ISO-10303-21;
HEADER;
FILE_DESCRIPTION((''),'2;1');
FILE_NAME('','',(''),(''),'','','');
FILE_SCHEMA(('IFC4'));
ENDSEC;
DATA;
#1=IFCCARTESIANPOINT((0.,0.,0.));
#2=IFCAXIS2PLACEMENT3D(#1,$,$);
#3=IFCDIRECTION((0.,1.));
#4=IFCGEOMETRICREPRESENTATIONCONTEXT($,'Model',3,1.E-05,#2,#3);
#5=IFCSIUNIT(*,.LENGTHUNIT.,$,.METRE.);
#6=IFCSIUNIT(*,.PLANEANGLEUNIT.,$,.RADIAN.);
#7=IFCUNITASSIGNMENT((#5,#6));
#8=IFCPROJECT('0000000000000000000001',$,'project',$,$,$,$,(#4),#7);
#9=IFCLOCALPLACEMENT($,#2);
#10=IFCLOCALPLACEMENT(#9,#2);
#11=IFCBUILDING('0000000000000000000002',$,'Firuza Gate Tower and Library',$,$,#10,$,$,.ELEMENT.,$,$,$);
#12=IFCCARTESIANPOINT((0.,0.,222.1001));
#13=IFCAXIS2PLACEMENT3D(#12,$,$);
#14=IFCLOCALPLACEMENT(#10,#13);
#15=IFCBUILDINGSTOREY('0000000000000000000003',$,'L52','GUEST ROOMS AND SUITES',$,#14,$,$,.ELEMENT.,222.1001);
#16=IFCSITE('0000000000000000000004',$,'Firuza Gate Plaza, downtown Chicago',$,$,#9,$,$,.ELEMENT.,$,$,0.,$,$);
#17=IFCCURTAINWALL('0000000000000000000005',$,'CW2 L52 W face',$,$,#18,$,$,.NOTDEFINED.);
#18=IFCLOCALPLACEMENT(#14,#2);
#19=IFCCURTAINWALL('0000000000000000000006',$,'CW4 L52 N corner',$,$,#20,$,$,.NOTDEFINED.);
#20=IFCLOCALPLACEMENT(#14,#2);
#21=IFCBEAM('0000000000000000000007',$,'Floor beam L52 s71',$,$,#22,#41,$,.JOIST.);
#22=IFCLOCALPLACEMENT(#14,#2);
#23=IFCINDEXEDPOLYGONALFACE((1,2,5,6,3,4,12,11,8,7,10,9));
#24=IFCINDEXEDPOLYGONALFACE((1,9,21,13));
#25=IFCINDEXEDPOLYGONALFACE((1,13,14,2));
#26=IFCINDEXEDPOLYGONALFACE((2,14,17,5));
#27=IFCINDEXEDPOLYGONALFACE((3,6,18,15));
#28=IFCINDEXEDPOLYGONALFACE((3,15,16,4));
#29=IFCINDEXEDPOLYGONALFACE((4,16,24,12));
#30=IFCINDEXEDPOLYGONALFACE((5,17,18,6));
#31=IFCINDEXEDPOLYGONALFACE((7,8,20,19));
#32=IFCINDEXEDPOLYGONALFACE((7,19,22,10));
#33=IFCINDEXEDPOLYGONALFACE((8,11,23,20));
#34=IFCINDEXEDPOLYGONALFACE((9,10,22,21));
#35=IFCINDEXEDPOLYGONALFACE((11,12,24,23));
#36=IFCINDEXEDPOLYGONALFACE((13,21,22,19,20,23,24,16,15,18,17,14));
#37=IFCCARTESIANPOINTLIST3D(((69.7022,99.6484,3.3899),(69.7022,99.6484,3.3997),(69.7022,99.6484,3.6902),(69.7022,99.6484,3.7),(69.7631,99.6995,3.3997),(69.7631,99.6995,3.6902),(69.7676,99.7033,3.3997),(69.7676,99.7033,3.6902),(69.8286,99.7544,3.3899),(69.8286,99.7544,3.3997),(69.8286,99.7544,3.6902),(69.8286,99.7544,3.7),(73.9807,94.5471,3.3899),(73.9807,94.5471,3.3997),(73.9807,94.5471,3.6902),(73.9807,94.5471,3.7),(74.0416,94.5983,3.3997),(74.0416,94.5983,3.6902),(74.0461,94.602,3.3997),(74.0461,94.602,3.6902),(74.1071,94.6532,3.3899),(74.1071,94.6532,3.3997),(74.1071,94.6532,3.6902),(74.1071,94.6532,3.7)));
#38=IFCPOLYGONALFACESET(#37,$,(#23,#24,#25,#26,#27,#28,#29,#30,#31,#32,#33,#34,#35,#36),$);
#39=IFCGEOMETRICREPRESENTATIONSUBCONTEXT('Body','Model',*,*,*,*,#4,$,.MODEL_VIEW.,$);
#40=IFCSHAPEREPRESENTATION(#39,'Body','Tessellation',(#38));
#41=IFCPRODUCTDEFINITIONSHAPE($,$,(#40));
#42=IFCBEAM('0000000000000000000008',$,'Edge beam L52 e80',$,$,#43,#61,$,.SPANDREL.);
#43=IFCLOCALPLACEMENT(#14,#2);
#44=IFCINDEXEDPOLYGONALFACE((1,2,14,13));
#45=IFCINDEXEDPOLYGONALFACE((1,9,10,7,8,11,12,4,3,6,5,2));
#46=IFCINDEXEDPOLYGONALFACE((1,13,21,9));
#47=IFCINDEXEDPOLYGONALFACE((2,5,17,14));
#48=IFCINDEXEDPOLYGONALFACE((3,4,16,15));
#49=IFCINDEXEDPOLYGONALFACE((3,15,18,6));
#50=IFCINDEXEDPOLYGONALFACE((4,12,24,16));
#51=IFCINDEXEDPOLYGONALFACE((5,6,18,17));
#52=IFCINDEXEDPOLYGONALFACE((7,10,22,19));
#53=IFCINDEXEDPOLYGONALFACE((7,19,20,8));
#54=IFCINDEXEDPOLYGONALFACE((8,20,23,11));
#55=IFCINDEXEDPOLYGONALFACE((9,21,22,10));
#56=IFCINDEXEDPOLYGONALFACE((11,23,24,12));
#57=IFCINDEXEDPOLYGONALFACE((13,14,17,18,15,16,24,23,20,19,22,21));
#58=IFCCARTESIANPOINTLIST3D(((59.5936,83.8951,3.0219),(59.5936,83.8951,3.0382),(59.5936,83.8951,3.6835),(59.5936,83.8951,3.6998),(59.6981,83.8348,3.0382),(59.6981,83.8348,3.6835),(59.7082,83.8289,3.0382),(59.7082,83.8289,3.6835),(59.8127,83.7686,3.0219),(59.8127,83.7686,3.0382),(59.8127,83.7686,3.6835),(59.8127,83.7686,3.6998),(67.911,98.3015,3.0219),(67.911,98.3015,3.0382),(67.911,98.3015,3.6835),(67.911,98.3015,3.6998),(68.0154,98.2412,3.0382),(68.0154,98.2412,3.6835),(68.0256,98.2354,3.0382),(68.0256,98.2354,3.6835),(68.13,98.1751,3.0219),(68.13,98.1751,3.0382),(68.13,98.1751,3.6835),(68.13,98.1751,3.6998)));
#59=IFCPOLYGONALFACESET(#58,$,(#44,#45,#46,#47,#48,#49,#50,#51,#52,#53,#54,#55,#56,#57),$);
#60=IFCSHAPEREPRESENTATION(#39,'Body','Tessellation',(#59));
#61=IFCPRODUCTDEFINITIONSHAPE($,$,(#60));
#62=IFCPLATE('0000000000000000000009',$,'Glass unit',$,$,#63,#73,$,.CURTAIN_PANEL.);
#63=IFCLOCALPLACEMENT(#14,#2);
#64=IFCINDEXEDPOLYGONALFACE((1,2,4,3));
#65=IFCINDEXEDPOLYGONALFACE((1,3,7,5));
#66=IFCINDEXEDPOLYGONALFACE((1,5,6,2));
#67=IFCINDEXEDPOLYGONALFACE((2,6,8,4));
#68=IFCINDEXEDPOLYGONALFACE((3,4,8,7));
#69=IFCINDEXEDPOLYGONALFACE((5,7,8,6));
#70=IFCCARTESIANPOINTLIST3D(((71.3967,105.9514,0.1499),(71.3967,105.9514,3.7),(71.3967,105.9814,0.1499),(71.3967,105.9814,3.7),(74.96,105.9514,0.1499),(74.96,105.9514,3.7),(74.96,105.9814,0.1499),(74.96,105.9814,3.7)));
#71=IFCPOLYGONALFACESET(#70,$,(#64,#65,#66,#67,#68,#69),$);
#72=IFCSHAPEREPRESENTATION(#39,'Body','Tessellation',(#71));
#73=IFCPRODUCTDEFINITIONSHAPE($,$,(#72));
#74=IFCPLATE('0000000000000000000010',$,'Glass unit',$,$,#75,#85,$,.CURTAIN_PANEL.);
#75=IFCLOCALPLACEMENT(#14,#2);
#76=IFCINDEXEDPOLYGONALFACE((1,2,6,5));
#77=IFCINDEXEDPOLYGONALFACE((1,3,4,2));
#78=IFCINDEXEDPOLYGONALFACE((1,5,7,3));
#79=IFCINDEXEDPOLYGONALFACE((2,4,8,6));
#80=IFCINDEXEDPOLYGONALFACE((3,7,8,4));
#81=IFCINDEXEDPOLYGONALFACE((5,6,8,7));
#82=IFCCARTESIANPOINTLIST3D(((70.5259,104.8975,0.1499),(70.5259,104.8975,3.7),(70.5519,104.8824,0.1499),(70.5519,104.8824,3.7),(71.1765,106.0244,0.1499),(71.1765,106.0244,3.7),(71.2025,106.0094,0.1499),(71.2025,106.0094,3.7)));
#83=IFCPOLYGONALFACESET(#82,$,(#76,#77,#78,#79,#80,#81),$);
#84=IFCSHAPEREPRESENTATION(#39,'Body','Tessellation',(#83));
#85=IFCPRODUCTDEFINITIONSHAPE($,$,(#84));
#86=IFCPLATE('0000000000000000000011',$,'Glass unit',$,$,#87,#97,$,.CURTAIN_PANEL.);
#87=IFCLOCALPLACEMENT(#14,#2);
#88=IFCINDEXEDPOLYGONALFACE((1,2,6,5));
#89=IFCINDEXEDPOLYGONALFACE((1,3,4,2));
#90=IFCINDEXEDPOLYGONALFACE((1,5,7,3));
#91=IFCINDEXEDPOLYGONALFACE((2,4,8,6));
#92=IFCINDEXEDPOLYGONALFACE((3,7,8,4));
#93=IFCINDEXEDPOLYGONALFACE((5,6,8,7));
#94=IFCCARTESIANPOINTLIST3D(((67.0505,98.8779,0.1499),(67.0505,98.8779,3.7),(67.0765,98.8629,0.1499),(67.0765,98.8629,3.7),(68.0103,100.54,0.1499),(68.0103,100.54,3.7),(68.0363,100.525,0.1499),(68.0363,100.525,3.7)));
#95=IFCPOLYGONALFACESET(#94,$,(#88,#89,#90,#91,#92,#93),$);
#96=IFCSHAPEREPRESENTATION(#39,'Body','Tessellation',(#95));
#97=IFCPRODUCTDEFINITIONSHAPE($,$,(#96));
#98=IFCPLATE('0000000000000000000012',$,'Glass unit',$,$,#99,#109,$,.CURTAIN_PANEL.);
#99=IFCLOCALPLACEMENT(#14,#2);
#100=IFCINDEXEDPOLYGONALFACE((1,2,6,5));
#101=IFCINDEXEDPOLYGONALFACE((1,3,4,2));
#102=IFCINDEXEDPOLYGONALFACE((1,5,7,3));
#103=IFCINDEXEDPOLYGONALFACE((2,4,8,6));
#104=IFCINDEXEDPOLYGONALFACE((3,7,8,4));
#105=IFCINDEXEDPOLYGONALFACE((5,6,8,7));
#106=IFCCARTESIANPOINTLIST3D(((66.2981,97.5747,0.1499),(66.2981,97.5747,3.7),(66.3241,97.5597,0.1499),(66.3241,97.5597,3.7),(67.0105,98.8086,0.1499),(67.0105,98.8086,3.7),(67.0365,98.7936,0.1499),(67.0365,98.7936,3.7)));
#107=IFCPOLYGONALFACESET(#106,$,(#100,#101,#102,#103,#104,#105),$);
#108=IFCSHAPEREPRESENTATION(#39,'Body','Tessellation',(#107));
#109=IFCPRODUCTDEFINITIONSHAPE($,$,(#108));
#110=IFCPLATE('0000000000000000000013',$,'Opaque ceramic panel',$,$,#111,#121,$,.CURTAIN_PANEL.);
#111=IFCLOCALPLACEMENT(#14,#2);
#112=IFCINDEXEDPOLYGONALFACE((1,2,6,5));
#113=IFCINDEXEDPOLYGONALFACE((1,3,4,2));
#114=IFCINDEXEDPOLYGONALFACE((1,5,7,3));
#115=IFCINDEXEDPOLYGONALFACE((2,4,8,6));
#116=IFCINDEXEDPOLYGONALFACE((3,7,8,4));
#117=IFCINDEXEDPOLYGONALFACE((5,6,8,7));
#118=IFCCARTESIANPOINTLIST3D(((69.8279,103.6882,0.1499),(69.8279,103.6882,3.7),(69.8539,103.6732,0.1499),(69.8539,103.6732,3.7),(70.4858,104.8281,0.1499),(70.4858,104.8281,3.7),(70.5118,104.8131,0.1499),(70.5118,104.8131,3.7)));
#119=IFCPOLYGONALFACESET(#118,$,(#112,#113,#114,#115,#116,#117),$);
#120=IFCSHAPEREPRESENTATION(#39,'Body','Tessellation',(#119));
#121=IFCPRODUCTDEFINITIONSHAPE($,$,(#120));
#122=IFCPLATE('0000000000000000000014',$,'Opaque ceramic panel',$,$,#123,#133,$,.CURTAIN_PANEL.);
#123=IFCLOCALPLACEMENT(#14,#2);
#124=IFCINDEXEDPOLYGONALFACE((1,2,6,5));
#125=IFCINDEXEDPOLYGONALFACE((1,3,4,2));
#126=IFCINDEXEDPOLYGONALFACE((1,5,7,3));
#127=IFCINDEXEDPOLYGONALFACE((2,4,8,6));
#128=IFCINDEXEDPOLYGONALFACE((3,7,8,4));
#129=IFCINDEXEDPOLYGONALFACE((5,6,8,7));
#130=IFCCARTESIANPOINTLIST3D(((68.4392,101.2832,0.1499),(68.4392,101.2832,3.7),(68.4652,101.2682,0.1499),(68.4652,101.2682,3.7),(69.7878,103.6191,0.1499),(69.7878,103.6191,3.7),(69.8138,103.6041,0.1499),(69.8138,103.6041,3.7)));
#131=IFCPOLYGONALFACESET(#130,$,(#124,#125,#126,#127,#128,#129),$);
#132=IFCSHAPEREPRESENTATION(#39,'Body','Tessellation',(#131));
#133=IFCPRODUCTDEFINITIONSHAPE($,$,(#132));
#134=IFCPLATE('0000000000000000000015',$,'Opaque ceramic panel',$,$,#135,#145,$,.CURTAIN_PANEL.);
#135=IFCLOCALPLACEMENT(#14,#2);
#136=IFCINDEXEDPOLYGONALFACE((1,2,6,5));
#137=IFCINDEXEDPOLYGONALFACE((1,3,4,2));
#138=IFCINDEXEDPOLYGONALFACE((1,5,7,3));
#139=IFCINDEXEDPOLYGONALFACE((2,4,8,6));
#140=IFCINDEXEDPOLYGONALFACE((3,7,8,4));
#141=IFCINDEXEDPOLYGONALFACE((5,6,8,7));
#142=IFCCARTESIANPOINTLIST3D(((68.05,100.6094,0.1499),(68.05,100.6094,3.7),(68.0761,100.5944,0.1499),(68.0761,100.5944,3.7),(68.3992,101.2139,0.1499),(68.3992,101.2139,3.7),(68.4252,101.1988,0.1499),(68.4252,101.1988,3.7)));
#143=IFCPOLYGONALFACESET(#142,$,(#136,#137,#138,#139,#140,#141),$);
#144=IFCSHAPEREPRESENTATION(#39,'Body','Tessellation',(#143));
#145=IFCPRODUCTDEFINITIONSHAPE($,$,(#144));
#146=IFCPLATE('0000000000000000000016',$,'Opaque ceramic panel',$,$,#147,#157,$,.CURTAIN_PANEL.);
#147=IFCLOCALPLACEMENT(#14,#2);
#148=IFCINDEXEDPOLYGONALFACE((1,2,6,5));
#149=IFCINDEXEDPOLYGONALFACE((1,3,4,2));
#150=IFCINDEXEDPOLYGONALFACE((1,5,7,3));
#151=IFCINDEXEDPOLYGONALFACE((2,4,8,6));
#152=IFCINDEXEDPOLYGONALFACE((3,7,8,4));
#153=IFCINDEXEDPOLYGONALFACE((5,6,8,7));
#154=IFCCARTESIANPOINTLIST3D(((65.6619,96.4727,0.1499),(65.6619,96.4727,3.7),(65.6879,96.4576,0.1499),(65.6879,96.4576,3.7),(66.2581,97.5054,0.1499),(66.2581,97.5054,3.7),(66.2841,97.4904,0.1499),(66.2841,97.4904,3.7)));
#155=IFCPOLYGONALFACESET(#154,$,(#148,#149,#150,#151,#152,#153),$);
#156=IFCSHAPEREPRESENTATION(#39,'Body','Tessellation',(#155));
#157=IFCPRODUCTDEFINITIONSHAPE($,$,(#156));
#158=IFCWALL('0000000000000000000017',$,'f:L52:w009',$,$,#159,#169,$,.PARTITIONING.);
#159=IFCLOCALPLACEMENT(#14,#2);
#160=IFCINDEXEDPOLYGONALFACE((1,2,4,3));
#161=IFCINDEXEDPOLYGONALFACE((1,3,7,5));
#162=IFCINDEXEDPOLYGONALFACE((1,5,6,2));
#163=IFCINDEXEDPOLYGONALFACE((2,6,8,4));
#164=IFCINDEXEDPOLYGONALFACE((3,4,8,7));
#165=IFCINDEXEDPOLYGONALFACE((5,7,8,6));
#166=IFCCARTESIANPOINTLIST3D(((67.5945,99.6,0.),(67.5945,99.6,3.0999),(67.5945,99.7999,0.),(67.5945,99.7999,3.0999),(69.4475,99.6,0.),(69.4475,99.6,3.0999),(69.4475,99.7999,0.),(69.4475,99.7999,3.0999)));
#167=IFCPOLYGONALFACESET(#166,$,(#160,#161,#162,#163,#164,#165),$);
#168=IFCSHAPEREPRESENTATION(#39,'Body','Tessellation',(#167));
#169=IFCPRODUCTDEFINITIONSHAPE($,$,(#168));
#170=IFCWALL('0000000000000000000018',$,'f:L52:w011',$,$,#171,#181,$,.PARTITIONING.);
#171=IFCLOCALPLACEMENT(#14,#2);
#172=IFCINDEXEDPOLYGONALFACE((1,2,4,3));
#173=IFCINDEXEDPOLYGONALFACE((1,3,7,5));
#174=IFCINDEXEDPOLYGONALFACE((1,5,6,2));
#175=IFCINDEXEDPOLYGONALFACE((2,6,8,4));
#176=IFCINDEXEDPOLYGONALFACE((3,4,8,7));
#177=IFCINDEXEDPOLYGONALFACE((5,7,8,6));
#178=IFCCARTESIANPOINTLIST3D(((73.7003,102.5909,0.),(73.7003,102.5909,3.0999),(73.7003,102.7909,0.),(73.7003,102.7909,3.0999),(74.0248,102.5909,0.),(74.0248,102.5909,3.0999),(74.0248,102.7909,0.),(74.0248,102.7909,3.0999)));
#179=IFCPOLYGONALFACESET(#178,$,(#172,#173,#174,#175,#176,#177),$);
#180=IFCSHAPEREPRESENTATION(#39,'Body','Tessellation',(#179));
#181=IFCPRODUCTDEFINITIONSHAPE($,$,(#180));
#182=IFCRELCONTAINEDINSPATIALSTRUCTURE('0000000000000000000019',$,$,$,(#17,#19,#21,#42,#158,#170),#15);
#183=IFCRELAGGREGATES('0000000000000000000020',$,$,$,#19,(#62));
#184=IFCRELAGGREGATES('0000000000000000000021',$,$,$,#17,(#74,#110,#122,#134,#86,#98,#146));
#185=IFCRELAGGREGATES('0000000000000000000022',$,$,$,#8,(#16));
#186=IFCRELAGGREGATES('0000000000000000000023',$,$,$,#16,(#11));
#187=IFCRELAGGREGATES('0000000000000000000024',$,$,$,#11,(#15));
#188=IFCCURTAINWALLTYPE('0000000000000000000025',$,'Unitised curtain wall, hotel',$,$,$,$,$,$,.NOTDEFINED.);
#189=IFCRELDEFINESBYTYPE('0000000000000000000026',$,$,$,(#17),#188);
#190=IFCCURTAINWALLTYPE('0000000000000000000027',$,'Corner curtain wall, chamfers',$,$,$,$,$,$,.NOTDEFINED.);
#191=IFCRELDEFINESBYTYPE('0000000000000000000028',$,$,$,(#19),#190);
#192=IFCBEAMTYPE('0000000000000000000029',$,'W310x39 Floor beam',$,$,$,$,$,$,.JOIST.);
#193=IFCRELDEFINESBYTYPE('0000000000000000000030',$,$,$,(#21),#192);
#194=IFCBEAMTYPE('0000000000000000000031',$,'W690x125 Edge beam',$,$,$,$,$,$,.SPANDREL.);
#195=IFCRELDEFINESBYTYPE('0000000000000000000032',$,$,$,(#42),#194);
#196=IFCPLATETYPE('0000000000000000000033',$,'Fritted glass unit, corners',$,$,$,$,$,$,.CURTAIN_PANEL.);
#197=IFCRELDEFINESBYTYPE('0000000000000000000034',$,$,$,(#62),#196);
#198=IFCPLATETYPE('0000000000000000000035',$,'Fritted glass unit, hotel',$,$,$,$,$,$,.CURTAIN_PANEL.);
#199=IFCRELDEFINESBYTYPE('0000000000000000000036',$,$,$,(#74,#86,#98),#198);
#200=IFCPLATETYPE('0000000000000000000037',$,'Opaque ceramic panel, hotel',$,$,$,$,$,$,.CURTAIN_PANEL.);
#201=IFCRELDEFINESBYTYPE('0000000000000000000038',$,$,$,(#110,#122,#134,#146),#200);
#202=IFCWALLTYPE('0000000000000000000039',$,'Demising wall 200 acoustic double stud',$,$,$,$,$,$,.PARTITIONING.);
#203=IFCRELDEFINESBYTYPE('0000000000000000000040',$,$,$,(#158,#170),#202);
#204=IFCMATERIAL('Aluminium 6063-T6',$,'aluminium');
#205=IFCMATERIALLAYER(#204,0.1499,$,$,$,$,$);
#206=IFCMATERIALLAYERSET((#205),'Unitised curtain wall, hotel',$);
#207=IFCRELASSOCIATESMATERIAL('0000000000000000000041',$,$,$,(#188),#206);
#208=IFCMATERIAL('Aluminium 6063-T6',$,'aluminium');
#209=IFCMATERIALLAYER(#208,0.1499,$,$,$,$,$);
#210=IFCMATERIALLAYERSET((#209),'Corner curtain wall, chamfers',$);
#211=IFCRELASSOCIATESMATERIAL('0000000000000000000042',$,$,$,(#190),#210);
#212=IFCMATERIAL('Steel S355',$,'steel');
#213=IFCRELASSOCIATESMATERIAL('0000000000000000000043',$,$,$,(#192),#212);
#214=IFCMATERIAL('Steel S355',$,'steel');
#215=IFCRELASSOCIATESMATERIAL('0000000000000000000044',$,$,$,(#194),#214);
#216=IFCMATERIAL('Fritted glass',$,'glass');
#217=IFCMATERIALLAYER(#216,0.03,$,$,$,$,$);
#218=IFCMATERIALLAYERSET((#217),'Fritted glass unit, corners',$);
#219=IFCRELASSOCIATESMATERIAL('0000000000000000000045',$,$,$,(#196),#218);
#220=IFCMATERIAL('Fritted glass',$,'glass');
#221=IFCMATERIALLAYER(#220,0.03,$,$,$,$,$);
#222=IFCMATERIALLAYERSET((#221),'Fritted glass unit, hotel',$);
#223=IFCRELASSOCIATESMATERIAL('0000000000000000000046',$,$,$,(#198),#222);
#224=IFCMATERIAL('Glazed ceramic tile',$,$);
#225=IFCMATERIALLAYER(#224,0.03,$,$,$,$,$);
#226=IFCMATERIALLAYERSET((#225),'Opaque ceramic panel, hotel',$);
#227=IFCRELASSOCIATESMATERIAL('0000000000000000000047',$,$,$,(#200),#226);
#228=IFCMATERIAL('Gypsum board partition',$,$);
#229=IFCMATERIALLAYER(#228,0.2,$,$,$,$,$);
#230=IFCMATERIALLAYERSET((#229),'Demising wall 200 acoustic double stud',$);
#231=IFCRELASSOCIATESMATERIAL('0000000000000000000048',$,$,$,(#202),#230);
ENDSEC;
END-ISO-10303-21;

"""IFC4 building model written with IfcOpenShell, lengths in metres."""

from ifc_helpers import new_model, si_unit, direction, frame, frame_2d, origin, origin_2d, place, context, subcontext, project, spatial, polyline, rectangle, i_section, outline, extrude, material, layer, layer_set, material_profile, profile_set, type_object, element, aggregate, save


model = new_model("IFC4")

# Units and contexts
model_context = context("Model", 3, precision=1e-05, world=origin(), true_north=direction((0.0, 1.0)))
body_context = subcontext(model_context, "Body", "Model", "MODEL_VIEW")
ifc_project = project(units=[si_unit("LENGTHUNIT", "METRE"), si_unit("PLANEANGLEUNIT", "RADIAN")], contexts=[model_context])

# Site, building, storey
site_placement = place(None, origin())
site = spatial("IfcSite", under=ifc_project, at=site_placement, Name="Firuza Gate Plaza, downtown Chicago", CompositionType="ELEMENT", RefElevation=0.0)
building_placement = place(site_placement, origin())
building = spatial("IfcBuilding", under=site, at=building_placement, Name="Firuza Gate Tower and Library", CompositionType="ELEMENT")
storey_placement = place(building_placement, frame((0.0, 0.0, 222.1001)))
storey = spatial("IfcBuildingStorey", under=building, at=storey_placement, Name="L52", Description="GUEST ROOMS AND SUITES", CompositionType="ELEMENT", Elevation=222.1001)

# Curtain wall
ifc_material_1 = material(Name="Aluminium 6063-T6", Category="aluminium")
ifc_layer_1 = layer(ifc_material_1, 0.1499)
ifc_layer_set_1 = layer_set([ifc_layer_1], Name="Unitised curtain wall, hotel")
curtain_wall_type_1 = type_object("IfcCurtainWallType", Name="Unitised curtain wall, hotel", PredefinedType="NOTDEFINED", material=ifc_layer_set_1)
placement = place(storey_placement, origin())
curtain_wall_1 = element("IfcCurtainWall", 1, at=placement, inside=storey, type_object=curtain_wall_type_1, Name="CW2 L52 W face", PredefinedType="NOTDEFINED")

# Curtain wall
ifc_material_2 = material(Name="Aluminium 6063-T6", Category="aluminium")
ifc_layer_2 = layer(ifc_material_2, 0.1499)
ifc_layer_set_2 = layer_set([ifc_layer_2], Name="Corner curtain wall, chamfers")
curtain_wall_type_2 = type_object("IfcCurtainWallType", Name="Corner curtain wall, chamfers", PredefinedType="NOTDEFINED", material=ifc_layer_set_2)
curtain_wall_2 = element("IfcCurtainWall", 2, at=placement, inside=storey, type_object=curtain_wall_type_2, Name="CW4 L52 N corner", PredefinedType="NOTDEFINED")

# Beams
ifc_material_3 = material(Name="Steel S355", Category="steel")
ifc_material_profile_1 = material_profile(ifc_material_3, i_section(OverallWidth=0.165, OverallDepth=0.3101, WebThickness=0.0059, FlangeThickness=0.0098, at=origin_2d()))
ifc_profile_set_1 = profile_set([ifc_material_profile_1], Name="Steel S355")
beam_type_1 = type_object("IfcBeamType", Name="W310x39 Floor beam", PredefinedType="JOIST", material=ifc_profile_set_1)
beam_1_placement = place(storey_placement, frame((69.7654, 99.7014, 3.5449), z_axis=(0.642616, -0.766189, 0.0), x_axis=(0.766189, 0.642616, 0.0)))
element("IfcBeam", 3, at=beam_1_placement, inside=storey, type_object=beam_type_1, Name="Floor beam L52 s71", PredefinedType="JOIST", context=body_context, shape_type="SweptSolid", body=[
    extrude(i_section(OverallWidth=0.165, OverallDepth=0.3101, WebThickness=0.0059, FlangeThickness=0.0098, at=origin_2d()), origin(), (0.0, 0.0, 1.0), 6.658),
])
ifc_material_4 = material(Name="Steel S355", Category="steel")
ifc_material_profile_2 = material_profile(ifc_material_4, i_section(OverallWidth=0.2529, OverallDepth=0.678, WebThickness=0.0117, FlangeThickness=0.0164, at=origin_2d()))
ifc_profile_set_2 = profile_set([ifc_material_profile_2], Name="Steel S355")
beam_type_2 = type_object("IfcBeamType", Name="W690x125 Edge beam", PredefinedType="SPANDREL", material=ifc_profile_set_2)
beam_2_placement = place(storey_placement, frame((68.0205, 98.2383, 3.3608), z_axis=(-0.499991, -0.866031, 0.0), x_axis=(0.866031, -0.499991, 0.0)))
element("IfcBeam", 4, at=beam_2_placement, inside=storey, type_object=beam_type_2, Name="Edge beam L52 e80", PredefinedType="SPANDREL", context=body_context, shape_type="SweptSolid", body=[
    extrude(i_section(OverallWidth=0.2529, OverallDepth=0.678, WebThickness=0.0117, FlangeThickness=0.0164, at=origin_2d()), origin(), (0.0, 0.0, 1.0), 16.635),
])

# Plates
ifc_material_5 = material(Name="Fritted glass", Category="glass")
ifc_layer_3 = layer(ifc_material_5, 0.03)
ifc_layer_set_3 = layer_set([ifc_layer_3], Name="Fritted glass unit, corners")
plate_type_1 = type_object("IfcPlateType", Name="Fritted glass unit, corners", PredefinedType="CURTAIN_PANEL", material=ifc_layer_set_3)
plate_1_placement = place(storey_placement, frame((74.96, 105.9814, 0.1499), z_axis=(0.0, 1.0, 0.0), x_axis=(-1.0, 0.0, 0.0)))
plate_1 = element("IfcPlate", 5, at=plate_1_placement, type_object=plate_type_1, Name="Glass unit", PredefinedType="CURTAIN_PANEL", context=body_context, shape_type="SweptSolid", body=[
    extrude(outline(polyline([(0.0, 0.0), (3.5632, 0.0), (3.5632, 3.55), (0.0, 3.55), (0.0, 0.0)])), origin(), (0.0, 0.0, -1.0), 0.03),
])
aggregate(curtain_wall_2, [plate_1])
ifc_material_6 = material(Name="Fritted glass", Category="glass")
ifc_layer_4 = layer(ifc_material_6, 0.03)
ifc_layer_set_4 = layer_set([ifc_layer_4], Name="Fritted glass unit, hotel")
plate_type_2 = type_object("IfcPlateType", Name="Fritted glass unit, hotel", PredefinedType="CURTAIN_PANEL", material=ifc_layer_set_4)
plate_2_placement = place(storey_placement, frame((71.1765, 106.0244, 0.1499), z_axis=(-0.866029, 0.499993, 0.0), x_axis=(-0.499993, -0.866029, 0.0)))
plate_2 = element("IfcPlate", 6, at=plate_2_placement, type_object=plate_type_2, Name="Glass unit", PredefinedType="CURTAIN_PANEL", context=body_context, shape_type="SweptSolid", body=[
    extrude(outline(polyline([(0.0, 0.0), (1.3013, 0.0), (1.3013, 3.55), (0.0, 3.55), (0.0, 0.0)])), origin(), (0.0, 0.0, -1.0), 0.03),
])
plate_3_placement = place(storey_placement, frame((68.0103, 100.54, 0.1499), z_axis=(-0.866003, 0.500038, 0.0), x_axis=(-0.500038, -0.866003, 0.0)))
plate_3 = element("IfcPlate", 7, at=plate_3_placement, type_object=plate_type_2, Name="Glass unit", PredefinedType="CURTAIN_PANEL", context=body_context, shape_type="SweptSolid", body=[
    extrude(outline(polyline([(0.0, 0.0), (1.9193, 0.0), (1.9193, 3.55), (0.0, 3.55), (0.0, 0.0)])), origin(), (0.0, 0.0, -1.0), 0.03),
])
plate_4_placement = place(storey_placement, frame((67.0105, 98.8086, 0.1499), z_axis=(-0.86602, 0.500009, 0.0), x_axis=(-0.500009, -0.86602, 0.0)))
plate_4 = element("IfcPlate", 8, at=plate_4_placement, type_object=plate_type_2, Name="Glass unit", PredefinedType="CURTAIN_PANEL", context=body_context, shape_type="SweptSolid", body=[
    extrude(outline(polyline([(0.0, 0.0), (1.4248, 0.0), (1.4248, 3.55), (0.0, 3.55), (0.0, 0.0)])), origin(), (0.0, 0.0, -1.0), 0.03),
])
ifc_material_7 = material(Name="Glazed ceramic tile")
ifc_layer_5 = layer(ifc_material_7, 0.03)
ifc_layer_set_5 = layer_set([ifc_layer_5], Name="Opaque ceramic panel, hotel")
plate_type_3 = type_object("IfcPlateType", Name="Opaque ceramic panel, hotel", PredefinedType="CURTAIN_PANEL", material=ifc_layer_set_5)
plate_5_placement = place(storey_placement, frame((70.4858, 104.8281, 0.1499), z_axis=(-0.866077, 0.49991, 0.0), x_axis=(-0.49991, -0.866077, 0.0)))
plate_5 = element("IfcPlate", 9, at=plate_5_placement, type_object=plate_type_3, Name="Opaque ceramic panel", PredefinedType="CURTAIN_PANEL", context=body_context, shape_type="SweptSolid", body=[
    extrude(outline(polyline([(0.0, 0.0), (1.3162, 0.0), (1.3162, 3.55), (0.0, 3.55), (0.0, 0.0)])), origin(), (0.0, 0.0, -1.0), 0.03),
])
plate_6_placement = place(storey_placement, frame((69.7878, 103.6191, 0.1499), z_axis=(-0.866029, 0.499994, 0.0), x_axis=(-0.499994, -0.866029, 0.0)))
plate_6 = element("IfcPlate", 10, at=plate_6_placement, type_object=plate_type_3, Name="Opaque ceramic panel", PredefinedType="CURTAIN_PANEL", context=body_context, shape_type="SweptSolid", body=[
    extrude(outline(polyline([(0.0, 0.0), (2.6973, 0.0), (2.6973, 3.55), (0.0, 3.55), (0.0, 0.0)])), origin(), (0.0, 0.0, -1.0), 0.03),
])
plate_7_placement = place(storey_placement, frame((68.3992, 101.2139, 0.1499), z_axis=(-0.865953, 0.500126, 0.0), x_axis=(-0.500126, -0.865953, 0.0)))
plate_7 = element("IfcPlate", 11, at=plate_7_placement, type_object=plate_type_3, Name="Opaque ceramic panel", PredefinedType="CURTAIN_PANEL", context=body_context, shape_type="SweptSolid", body=[
    extrude(outline(polyline([(0.0, 0.0), (0.6981, 0.0), (0.6981, 3.55), (0.0, 3.55), (0.0, 0.0)])), origin(), (0.0, 0.0, -1.0), 0.03),
])
plate_8_placement = place(storey_placement, frame((66.2581, 97.5054, 0.1499), z_axis=(-0.866042, 0.499971, 0.0), x_axis=(-0.499971, -0.866042, 0.0)))
plate_8 = element("IfcPlate", 12, at=plate_8_placement, type_object=plate_type_3, Name="Opaque ceramic panel", PredefinedType="CURTAIN_PANEL", context=body_context, shape_type="SweptSolid", body=[
    extrude(outline(polyline([(0.0, 0.0), (1.1925, 0.0), (1.1925, 3.55), (0.0, 3.55), (0.0, 0.0)])), origin(), (0.0, 0.0, -1.0), 0.03),
])
aggregate(curtain_wall_1, [plate_2, plate_5, plate_6, plate_7, plate_3, plate_4, plate_8])

# Walls
ifc_material_8 = material(Name="Gypsum board partition")
ifc_layer_6 = layer(ifc_material_8, 0.2)
ifc_layer_set_6 = layer_set([ifc_layer_6], Name="Demising wall 200 acoustic double stud")
wall_type_1 = type_object("IfcWallType", Name="Demising wall 200 acoustic double stud", PredefinedType="PARTITIONING", material=ifc_layer_set_6)
wall_1_placement = place(storey_placement, frame((67.5945, 99.7, 0.0), z_axis=(0.0, 0.0, 1.0), x_axis=(1.0, 0.0, 0.0)))
element("IfcWall", 13, at=wall_1_placement, inside=storey, type_object=wall_type_1, Name="f:L52:w009", PredefinedType="PARTITIONING", context=body_context, shape_type="SweptSolid", body=[
    extrude(rectangle(XDim=1.853, YDim=0.2, at=frame_2d((0.9265, 0.0))), origin(), (0.0, 0.0, 1.0), 3.0999),
])
wall_2_placement = place(storey_placement, frame((73.7004, 102.6909, 0.0), z_axis=(0.0, 0.0, 1.0), x_axis=(1.0, 0.0, 0.0)))
element("IfcWall", 14, at=wall_2_placement, inside=storey, type_object=wall_type_1, Name="f:L52:w011", PredefinedType="PARTITIONING", context=body_context, shape_type="SweptSolid", body=[
    extrude(rectangle(XDim=0.3245, YDim=0.2, at=frame_2d((0.1621, 0.0))), origin(), (0.0, 0.0, 1.0), 3.0999),
])

save(model, "model.ifc")
